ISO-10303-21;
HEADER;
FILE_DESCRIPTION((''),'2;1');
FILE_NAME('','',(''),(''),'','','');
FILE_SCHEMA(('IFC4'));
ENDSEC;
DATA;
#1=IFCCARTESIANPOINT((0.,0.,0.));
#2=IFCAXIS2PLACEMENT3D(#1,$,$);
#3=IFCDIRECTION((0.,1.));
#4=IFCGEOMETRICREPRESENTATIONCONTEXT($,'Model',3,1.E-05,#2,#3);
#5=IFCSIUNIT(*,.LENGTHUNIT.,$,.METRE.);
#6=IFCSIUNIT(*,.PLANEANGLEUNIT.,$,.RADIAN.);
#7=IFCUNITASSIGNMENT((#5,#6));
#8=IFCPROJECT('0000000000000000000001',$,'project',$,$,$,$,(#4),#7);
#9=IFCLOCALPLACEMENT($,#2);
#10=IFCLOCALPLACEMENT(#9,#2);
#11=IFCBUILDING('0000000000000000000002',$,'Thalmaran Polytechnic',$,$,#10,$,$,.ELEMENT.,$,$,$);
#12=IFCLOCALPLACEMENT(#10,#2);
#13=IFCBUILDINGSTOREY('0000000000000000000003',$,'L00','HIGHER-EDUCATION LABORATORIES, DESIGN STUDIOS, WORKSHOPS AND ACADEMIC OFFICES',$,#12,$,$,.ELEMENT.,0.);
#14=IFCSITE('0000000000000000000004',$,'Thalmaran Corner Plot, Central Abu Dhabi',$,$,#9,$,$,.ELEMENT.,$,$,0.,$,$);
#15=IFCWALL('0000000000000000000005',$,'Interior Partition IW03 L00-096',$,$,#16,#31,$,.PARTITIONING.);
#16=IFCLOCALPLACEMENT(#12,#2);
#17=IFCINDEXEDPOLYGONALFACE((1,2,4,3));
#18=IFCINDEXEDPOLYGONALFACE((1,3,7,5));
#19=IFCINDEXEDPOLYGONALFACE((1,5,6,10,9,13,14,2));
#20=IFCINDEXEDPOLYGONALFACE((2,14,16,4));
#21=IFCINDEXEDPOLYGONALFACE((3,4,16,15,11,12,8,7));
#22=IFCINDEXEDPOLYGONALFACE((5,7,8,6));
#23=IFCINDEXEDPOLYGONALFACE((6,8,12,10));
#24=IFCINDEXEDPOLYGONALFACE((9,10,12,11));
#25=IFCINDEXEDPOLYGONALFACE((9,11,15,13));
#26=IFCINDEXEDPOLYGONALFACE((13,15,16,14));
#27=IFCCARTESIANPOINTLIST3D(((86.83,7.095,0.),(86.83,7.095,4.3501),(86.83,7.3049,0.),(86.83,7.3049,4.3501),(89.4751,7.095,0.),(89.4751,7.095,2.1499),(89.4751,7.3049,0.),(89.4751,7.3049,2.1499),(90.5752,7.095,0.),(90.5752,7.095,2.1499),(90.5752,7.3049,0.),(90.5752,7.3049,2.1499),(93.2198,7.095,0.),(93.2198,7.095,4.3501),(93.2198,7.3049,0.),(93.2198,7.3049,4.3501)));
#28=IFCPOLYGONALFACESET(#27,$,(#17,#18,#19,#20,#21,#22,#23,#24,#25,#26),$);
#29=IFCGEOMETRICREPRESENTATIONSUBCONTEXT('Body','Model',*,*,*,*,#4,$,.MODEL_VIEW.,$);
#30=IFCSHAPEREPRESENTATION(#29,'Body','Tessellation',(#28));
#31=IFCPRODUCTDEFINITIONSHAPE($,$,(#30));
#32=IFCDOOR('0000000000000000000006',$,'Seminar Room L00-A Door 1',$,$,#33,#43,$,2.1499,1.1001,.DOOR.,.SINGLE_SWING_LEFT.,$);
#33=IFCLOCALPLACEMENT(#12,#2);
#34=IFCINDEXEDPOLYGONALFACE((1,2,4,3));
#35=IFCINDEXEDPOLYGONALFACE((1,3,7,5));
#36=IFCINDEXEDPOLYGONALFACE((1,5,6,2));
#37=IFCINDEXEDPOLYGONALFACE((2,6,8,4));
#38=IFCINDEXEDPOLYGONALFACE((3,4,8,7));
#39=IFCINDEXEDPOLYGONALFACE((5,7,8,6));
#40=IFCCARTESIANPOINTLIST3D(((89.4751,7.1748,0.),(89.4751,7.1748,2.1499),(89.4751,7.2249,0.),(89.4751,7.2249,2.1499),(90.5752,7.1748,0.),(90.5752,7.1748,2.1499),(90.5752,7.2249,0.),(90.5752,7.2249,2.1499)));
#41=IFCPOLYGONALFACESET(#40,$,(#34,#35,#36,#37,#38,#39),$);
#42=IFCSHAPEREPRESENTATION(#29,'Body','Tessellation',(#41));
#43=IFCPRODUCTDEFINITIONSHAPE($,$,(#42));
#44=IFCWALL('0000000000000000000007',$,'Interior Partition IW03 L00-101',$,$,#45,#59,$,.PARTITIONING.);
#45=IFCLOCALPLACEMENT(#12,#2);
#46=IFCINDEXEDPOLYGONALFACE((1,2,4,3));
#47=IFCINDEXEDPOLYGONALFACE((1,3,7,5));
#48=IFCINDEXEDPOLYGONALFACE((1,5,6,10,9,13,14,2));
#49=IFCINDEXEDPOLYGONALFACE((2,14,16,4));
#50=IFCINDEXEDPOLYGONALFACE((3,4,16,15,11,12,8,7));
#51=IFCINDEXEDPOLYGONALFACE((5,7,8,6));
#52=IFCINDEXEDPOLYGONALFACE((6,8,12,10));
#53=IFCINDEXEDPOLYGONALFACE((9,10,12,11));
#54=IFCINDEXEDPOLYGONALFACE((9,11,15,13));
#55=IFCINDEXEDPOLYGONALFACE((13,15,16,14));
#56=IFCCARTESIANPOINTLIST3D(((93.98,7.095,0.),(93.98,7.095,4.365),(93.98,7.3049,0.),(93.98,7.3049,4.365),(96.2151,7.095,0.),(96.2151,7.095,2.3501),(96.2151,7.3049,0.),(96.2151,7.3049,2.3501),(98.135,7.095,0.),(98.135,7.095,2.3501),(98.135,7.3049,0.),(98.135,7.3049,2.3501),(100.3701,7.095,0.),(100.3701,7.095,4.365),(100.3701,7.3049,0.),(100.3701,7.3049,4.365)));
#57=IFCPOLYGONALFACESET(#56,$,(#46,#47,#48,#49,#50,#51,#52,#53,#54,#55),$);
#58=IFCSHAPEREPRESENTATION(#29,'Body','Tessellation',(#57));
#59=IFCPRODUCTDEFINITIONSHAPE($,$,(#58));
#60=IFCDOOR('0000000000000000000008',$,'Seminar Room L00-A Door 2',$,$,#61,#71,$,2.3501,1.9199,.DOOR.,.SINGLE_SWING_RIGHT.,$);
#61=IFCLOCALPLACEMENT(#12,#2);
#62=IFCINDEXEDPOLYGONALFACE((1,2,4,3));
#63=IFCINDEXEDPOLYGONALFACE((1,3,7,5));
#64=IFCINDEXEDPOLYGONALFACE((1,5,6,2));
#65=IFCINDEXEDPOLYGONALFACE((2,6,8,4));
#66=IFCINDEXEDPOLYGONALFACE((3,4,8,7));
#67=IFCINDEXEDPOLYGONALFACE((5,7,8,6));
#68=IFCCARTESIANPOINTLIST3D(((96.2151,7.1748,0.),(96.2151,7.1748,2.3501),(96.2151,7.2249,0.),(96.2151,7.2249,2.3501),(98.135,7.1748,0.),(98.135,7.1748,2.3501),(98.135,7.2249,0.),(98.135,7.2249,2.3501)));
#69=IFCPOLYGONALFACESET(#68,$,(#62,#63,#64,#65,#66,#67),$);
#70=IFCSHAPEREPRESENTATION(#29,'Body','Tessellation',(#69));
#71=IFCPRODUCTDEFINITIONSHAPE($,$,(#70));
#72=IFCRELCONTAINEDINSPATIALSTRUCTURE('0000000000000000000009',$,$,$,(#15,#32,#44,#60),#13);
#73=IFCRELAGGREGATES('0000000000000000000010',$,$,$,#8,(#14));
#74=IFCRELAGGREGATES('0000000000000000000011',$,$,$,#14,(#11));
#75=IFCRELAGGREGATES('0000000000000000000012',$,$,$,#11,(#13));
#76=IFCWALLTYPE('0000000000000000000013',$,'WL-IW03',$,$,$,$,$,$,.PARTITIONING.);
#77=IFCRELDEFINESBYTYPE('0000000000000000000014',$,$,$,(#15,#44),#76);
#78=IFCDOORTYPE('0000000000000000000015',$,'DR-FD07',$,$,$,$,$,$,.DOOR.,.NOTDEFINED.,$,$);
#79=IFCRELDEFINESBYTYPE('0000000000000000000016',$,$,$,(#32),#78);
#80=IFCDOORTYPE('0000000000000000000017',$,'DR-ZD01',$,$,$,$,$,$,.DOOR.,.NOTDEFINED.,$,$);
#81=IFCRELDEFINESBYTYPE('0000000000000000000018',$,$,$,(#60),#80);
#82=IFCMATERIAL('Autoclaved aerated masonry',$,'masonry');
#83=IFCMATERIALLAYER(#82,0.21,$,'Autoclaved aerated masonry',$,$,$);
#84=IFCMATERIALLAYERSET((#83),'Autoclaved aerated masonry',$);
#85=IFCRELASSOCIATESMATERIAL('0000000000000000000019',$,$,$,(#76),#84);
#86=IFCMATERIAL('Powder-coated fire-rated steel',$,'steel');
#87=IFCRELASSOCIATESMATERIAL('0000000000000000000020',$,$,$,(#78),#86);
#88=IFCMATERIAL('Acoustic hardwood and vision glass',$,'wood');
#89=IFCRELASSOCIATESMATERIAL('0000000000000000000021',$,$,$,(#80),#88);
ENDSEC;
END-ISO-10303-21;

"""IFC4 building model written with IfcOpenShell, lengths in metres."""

from ifc_helpers import new_model, si_unit, direction, frame, frame_2d, origin, place, context, subcontext, project, spatial, rectangle, extrude, material, layer, layer_set, type_object, element, fill, save


model = new_model("IFC4")

# Units and contexts
model_context = context("Model", 3, precision=1e-05, world=origin(), true_north=direction((0.0, 1.0)))
body_context = subcontext(model_context, "Body", "Model", "MODEL_VIEW")
ifc_project = project(units=[si_unit("LENGTHUNIT", "METRE"), si_unit("PLANEANGLEUNIT", "RADIAN")], contexts=[model_context])

# Site, building, storey
site_placement = place(None, origin())
site = spatial("IfcSite", under=ifc_project, at=site_placement, Name="Thalmaran Corner Plot, Central Abu Dhabi", CompositionType="ELEMENT", RefElevation=0.0)
building_placement = place(site_placement, origin())
building = spatial("IfcBuilding", under=site, at=building_placement, Name="Thalmaran Polytechnic", CompositionType="ELEMENT")
storey_placement = place(building_placement, origin())
storey = spatial("IfcBuildingStorey", under=building, at=storey_placement, Name="L00", Description="HIGHER-EDUCATION LABORATORIES, DESIGN STUDIOS, WORKSHOPS AND ACADEMIC OFFICES", CompositionType="ELEMENT", Elevation=0.0)

# Walls, openings, doors
ifc_material_1 = material(Name="Autoclaved aerated masonry", Category="masonry")
ifc_layer = layer(ifc_material_1, 0.21, Name="Autoclaved aerated masonry")
ifc_layer_set = layer_set([ifc_layer], Name="Autoclaved aerated masonry")
wall_type = type_object("IfcWallType", Name="WL-IW03", PredefinedType="PARTITIONING", material=ifc_layer_set)
ifc_material_2 = material(Name="Powder-coated fire-rated steel", Category="steel")
wall_1_placement = place(storey_placement, frame((86.8301, 7.2, 0.0), z_axis=(0.0, 0.0, 1.0), x_axis=(1.0, 0.0, 0.0)))
wall_1 = element("IfcWall", 1, at=wall_1_placement, inside=storey, type_object=wall_type, Name="Interior Partition IW03 L00-096", PredefinedType="PARTITIONING", context=body_context, shape_type="SweptSolid", body=[
    extrude(rectangle(XDim=6.3899, YDim=0.21, at=frame_2d((3.1948, 0.0))), origin(), (0.0, 0.0, 1.0), 4.3501),
])
opening_1_placement = place(wall_1_placement, frame((2.645, 0.0, 0.0)))
opening_1 = element("IfcOpeningElement", 2, at=opening_1_placement, cuts=wall_1, PredefinedType="OPENING", context=body_context, shape_type="SweptSolid", body=[
    extrude(rectangle(XDim=1.1001, YDim=2.1499, at=frame_2d((0.55, 1.075))), frame((0.0, 0.115, 0.0), z_axis=(0.0, -1.0, 0.0), x_axis=(1.0, 0.0, 0.0)), (0.0, 0.0, 1.0), 0.23),
])
door_type_1 = type_object("IfcDoorType", Name="DR-FD07", OperationType="NOTDEFINED", PredefinedType="DOOR", material=ifc_material_2)
door_1_placement = place(opening_1_placement, origin())
door_1 = element("IfcDoor", 3, at=door_1_placement, inside=storey, type_object=door_type_1, Name="Seminar Room L00-A Door 1", OperationType="SINGLE_SWING_LEFT", OverallHeight=2.1499, OverallWidth=1.1001, PredefinedType="DOOR", context=body_context, shape_type="SweptSolid", body=[
    extrude(rectangle(XDim=1.1001, YDim=2.1499, at=frame_2d((0.55, 1.075))), frame((0.0, 0.0249, 0.0), z_axis=(0.0, -1.0, 0.0), x_axis=(1.0, 0.0, 0.0)), (0.0, 0.0, 1.0), 0.05),
])
fill(opening_1, door_1)
wall_2_placement = place(storey_placement, frame((93.98, 7.2, 0.0), z_axis=(0.0, 0.0, 1.0), x_axis=(1.0, 0.0, 0.0)))
wall_2 = element("IfcWall", 4, at=wall_2_placement, inside=storey, type_object=wall_type, Name="Interior Partition IW03 L00-101", PredefinedType="PARTITIONING", context=body_context, shape_type="SweptSolid", body=[
    extrude(rectangle(XDim=6.3901, YDim=0.21, at=frame_2d((3.1951, 0.0))), origin(), (0.0, 0.0, 1.0), 4.365),
])
opening_2_placement = place(wall_2_placement, frame((2.2351, 0.0, 0.0)))
opening_2 = element("IfcOpeningElement", 5, at=opening_2_placement, cuts=wall_2, PredefinedType="OPENING", context=body_context, shape_type="SweptSolid", body=[
    extrude(rectangle(XDim=1.9199, YDim=2.3501, at=frame_2d((0.96, 1.175))), frame((0.0, 0.115, 0.0), z_axis=(0.0, -1.0, 0.0), x_axis=(1.0, 0.0, 0.0)), (0.0, 0.0, 1.0), 0.23),
])
ifc_material_3 = material(Name="Acoustic hardwood and vision glass", Category="wood")
door_type_2 = type_object("IfcDoorType", Name="DR-ZD01", OperationType="NOTDEFINED", PredefinedType="DOOR", material=ifc_material_3)
door_2_placement = place(opening_2_placement, origin())
door_2 = element("IfcDoor", 6, at=door_2_placement, inside=storey, type_object=door_type_2, Name="Seminar Room L00-A Door 2", OperationType="SINGLE_SWING_RIGHT", OverallHeight=2.3501, OverallWidth=1.9199, PredefinedType="DOOR", context=body_context, shape_type="SweptSolid", body=[
    extrude(rectangle(XDim=1.9199, YDim=2.3501, at=frame_2d((0.96, 1.175))), frame((0.0, 0.0249, 0.0), z_axis=(0.0, -1.0, 0.0), x_axis=(1.0, 0.0, 0.0)), (0.0, 0.0, 1.0), 0.05),
])
fill(opening_2, door_2)

save(model, "model.ifc")
